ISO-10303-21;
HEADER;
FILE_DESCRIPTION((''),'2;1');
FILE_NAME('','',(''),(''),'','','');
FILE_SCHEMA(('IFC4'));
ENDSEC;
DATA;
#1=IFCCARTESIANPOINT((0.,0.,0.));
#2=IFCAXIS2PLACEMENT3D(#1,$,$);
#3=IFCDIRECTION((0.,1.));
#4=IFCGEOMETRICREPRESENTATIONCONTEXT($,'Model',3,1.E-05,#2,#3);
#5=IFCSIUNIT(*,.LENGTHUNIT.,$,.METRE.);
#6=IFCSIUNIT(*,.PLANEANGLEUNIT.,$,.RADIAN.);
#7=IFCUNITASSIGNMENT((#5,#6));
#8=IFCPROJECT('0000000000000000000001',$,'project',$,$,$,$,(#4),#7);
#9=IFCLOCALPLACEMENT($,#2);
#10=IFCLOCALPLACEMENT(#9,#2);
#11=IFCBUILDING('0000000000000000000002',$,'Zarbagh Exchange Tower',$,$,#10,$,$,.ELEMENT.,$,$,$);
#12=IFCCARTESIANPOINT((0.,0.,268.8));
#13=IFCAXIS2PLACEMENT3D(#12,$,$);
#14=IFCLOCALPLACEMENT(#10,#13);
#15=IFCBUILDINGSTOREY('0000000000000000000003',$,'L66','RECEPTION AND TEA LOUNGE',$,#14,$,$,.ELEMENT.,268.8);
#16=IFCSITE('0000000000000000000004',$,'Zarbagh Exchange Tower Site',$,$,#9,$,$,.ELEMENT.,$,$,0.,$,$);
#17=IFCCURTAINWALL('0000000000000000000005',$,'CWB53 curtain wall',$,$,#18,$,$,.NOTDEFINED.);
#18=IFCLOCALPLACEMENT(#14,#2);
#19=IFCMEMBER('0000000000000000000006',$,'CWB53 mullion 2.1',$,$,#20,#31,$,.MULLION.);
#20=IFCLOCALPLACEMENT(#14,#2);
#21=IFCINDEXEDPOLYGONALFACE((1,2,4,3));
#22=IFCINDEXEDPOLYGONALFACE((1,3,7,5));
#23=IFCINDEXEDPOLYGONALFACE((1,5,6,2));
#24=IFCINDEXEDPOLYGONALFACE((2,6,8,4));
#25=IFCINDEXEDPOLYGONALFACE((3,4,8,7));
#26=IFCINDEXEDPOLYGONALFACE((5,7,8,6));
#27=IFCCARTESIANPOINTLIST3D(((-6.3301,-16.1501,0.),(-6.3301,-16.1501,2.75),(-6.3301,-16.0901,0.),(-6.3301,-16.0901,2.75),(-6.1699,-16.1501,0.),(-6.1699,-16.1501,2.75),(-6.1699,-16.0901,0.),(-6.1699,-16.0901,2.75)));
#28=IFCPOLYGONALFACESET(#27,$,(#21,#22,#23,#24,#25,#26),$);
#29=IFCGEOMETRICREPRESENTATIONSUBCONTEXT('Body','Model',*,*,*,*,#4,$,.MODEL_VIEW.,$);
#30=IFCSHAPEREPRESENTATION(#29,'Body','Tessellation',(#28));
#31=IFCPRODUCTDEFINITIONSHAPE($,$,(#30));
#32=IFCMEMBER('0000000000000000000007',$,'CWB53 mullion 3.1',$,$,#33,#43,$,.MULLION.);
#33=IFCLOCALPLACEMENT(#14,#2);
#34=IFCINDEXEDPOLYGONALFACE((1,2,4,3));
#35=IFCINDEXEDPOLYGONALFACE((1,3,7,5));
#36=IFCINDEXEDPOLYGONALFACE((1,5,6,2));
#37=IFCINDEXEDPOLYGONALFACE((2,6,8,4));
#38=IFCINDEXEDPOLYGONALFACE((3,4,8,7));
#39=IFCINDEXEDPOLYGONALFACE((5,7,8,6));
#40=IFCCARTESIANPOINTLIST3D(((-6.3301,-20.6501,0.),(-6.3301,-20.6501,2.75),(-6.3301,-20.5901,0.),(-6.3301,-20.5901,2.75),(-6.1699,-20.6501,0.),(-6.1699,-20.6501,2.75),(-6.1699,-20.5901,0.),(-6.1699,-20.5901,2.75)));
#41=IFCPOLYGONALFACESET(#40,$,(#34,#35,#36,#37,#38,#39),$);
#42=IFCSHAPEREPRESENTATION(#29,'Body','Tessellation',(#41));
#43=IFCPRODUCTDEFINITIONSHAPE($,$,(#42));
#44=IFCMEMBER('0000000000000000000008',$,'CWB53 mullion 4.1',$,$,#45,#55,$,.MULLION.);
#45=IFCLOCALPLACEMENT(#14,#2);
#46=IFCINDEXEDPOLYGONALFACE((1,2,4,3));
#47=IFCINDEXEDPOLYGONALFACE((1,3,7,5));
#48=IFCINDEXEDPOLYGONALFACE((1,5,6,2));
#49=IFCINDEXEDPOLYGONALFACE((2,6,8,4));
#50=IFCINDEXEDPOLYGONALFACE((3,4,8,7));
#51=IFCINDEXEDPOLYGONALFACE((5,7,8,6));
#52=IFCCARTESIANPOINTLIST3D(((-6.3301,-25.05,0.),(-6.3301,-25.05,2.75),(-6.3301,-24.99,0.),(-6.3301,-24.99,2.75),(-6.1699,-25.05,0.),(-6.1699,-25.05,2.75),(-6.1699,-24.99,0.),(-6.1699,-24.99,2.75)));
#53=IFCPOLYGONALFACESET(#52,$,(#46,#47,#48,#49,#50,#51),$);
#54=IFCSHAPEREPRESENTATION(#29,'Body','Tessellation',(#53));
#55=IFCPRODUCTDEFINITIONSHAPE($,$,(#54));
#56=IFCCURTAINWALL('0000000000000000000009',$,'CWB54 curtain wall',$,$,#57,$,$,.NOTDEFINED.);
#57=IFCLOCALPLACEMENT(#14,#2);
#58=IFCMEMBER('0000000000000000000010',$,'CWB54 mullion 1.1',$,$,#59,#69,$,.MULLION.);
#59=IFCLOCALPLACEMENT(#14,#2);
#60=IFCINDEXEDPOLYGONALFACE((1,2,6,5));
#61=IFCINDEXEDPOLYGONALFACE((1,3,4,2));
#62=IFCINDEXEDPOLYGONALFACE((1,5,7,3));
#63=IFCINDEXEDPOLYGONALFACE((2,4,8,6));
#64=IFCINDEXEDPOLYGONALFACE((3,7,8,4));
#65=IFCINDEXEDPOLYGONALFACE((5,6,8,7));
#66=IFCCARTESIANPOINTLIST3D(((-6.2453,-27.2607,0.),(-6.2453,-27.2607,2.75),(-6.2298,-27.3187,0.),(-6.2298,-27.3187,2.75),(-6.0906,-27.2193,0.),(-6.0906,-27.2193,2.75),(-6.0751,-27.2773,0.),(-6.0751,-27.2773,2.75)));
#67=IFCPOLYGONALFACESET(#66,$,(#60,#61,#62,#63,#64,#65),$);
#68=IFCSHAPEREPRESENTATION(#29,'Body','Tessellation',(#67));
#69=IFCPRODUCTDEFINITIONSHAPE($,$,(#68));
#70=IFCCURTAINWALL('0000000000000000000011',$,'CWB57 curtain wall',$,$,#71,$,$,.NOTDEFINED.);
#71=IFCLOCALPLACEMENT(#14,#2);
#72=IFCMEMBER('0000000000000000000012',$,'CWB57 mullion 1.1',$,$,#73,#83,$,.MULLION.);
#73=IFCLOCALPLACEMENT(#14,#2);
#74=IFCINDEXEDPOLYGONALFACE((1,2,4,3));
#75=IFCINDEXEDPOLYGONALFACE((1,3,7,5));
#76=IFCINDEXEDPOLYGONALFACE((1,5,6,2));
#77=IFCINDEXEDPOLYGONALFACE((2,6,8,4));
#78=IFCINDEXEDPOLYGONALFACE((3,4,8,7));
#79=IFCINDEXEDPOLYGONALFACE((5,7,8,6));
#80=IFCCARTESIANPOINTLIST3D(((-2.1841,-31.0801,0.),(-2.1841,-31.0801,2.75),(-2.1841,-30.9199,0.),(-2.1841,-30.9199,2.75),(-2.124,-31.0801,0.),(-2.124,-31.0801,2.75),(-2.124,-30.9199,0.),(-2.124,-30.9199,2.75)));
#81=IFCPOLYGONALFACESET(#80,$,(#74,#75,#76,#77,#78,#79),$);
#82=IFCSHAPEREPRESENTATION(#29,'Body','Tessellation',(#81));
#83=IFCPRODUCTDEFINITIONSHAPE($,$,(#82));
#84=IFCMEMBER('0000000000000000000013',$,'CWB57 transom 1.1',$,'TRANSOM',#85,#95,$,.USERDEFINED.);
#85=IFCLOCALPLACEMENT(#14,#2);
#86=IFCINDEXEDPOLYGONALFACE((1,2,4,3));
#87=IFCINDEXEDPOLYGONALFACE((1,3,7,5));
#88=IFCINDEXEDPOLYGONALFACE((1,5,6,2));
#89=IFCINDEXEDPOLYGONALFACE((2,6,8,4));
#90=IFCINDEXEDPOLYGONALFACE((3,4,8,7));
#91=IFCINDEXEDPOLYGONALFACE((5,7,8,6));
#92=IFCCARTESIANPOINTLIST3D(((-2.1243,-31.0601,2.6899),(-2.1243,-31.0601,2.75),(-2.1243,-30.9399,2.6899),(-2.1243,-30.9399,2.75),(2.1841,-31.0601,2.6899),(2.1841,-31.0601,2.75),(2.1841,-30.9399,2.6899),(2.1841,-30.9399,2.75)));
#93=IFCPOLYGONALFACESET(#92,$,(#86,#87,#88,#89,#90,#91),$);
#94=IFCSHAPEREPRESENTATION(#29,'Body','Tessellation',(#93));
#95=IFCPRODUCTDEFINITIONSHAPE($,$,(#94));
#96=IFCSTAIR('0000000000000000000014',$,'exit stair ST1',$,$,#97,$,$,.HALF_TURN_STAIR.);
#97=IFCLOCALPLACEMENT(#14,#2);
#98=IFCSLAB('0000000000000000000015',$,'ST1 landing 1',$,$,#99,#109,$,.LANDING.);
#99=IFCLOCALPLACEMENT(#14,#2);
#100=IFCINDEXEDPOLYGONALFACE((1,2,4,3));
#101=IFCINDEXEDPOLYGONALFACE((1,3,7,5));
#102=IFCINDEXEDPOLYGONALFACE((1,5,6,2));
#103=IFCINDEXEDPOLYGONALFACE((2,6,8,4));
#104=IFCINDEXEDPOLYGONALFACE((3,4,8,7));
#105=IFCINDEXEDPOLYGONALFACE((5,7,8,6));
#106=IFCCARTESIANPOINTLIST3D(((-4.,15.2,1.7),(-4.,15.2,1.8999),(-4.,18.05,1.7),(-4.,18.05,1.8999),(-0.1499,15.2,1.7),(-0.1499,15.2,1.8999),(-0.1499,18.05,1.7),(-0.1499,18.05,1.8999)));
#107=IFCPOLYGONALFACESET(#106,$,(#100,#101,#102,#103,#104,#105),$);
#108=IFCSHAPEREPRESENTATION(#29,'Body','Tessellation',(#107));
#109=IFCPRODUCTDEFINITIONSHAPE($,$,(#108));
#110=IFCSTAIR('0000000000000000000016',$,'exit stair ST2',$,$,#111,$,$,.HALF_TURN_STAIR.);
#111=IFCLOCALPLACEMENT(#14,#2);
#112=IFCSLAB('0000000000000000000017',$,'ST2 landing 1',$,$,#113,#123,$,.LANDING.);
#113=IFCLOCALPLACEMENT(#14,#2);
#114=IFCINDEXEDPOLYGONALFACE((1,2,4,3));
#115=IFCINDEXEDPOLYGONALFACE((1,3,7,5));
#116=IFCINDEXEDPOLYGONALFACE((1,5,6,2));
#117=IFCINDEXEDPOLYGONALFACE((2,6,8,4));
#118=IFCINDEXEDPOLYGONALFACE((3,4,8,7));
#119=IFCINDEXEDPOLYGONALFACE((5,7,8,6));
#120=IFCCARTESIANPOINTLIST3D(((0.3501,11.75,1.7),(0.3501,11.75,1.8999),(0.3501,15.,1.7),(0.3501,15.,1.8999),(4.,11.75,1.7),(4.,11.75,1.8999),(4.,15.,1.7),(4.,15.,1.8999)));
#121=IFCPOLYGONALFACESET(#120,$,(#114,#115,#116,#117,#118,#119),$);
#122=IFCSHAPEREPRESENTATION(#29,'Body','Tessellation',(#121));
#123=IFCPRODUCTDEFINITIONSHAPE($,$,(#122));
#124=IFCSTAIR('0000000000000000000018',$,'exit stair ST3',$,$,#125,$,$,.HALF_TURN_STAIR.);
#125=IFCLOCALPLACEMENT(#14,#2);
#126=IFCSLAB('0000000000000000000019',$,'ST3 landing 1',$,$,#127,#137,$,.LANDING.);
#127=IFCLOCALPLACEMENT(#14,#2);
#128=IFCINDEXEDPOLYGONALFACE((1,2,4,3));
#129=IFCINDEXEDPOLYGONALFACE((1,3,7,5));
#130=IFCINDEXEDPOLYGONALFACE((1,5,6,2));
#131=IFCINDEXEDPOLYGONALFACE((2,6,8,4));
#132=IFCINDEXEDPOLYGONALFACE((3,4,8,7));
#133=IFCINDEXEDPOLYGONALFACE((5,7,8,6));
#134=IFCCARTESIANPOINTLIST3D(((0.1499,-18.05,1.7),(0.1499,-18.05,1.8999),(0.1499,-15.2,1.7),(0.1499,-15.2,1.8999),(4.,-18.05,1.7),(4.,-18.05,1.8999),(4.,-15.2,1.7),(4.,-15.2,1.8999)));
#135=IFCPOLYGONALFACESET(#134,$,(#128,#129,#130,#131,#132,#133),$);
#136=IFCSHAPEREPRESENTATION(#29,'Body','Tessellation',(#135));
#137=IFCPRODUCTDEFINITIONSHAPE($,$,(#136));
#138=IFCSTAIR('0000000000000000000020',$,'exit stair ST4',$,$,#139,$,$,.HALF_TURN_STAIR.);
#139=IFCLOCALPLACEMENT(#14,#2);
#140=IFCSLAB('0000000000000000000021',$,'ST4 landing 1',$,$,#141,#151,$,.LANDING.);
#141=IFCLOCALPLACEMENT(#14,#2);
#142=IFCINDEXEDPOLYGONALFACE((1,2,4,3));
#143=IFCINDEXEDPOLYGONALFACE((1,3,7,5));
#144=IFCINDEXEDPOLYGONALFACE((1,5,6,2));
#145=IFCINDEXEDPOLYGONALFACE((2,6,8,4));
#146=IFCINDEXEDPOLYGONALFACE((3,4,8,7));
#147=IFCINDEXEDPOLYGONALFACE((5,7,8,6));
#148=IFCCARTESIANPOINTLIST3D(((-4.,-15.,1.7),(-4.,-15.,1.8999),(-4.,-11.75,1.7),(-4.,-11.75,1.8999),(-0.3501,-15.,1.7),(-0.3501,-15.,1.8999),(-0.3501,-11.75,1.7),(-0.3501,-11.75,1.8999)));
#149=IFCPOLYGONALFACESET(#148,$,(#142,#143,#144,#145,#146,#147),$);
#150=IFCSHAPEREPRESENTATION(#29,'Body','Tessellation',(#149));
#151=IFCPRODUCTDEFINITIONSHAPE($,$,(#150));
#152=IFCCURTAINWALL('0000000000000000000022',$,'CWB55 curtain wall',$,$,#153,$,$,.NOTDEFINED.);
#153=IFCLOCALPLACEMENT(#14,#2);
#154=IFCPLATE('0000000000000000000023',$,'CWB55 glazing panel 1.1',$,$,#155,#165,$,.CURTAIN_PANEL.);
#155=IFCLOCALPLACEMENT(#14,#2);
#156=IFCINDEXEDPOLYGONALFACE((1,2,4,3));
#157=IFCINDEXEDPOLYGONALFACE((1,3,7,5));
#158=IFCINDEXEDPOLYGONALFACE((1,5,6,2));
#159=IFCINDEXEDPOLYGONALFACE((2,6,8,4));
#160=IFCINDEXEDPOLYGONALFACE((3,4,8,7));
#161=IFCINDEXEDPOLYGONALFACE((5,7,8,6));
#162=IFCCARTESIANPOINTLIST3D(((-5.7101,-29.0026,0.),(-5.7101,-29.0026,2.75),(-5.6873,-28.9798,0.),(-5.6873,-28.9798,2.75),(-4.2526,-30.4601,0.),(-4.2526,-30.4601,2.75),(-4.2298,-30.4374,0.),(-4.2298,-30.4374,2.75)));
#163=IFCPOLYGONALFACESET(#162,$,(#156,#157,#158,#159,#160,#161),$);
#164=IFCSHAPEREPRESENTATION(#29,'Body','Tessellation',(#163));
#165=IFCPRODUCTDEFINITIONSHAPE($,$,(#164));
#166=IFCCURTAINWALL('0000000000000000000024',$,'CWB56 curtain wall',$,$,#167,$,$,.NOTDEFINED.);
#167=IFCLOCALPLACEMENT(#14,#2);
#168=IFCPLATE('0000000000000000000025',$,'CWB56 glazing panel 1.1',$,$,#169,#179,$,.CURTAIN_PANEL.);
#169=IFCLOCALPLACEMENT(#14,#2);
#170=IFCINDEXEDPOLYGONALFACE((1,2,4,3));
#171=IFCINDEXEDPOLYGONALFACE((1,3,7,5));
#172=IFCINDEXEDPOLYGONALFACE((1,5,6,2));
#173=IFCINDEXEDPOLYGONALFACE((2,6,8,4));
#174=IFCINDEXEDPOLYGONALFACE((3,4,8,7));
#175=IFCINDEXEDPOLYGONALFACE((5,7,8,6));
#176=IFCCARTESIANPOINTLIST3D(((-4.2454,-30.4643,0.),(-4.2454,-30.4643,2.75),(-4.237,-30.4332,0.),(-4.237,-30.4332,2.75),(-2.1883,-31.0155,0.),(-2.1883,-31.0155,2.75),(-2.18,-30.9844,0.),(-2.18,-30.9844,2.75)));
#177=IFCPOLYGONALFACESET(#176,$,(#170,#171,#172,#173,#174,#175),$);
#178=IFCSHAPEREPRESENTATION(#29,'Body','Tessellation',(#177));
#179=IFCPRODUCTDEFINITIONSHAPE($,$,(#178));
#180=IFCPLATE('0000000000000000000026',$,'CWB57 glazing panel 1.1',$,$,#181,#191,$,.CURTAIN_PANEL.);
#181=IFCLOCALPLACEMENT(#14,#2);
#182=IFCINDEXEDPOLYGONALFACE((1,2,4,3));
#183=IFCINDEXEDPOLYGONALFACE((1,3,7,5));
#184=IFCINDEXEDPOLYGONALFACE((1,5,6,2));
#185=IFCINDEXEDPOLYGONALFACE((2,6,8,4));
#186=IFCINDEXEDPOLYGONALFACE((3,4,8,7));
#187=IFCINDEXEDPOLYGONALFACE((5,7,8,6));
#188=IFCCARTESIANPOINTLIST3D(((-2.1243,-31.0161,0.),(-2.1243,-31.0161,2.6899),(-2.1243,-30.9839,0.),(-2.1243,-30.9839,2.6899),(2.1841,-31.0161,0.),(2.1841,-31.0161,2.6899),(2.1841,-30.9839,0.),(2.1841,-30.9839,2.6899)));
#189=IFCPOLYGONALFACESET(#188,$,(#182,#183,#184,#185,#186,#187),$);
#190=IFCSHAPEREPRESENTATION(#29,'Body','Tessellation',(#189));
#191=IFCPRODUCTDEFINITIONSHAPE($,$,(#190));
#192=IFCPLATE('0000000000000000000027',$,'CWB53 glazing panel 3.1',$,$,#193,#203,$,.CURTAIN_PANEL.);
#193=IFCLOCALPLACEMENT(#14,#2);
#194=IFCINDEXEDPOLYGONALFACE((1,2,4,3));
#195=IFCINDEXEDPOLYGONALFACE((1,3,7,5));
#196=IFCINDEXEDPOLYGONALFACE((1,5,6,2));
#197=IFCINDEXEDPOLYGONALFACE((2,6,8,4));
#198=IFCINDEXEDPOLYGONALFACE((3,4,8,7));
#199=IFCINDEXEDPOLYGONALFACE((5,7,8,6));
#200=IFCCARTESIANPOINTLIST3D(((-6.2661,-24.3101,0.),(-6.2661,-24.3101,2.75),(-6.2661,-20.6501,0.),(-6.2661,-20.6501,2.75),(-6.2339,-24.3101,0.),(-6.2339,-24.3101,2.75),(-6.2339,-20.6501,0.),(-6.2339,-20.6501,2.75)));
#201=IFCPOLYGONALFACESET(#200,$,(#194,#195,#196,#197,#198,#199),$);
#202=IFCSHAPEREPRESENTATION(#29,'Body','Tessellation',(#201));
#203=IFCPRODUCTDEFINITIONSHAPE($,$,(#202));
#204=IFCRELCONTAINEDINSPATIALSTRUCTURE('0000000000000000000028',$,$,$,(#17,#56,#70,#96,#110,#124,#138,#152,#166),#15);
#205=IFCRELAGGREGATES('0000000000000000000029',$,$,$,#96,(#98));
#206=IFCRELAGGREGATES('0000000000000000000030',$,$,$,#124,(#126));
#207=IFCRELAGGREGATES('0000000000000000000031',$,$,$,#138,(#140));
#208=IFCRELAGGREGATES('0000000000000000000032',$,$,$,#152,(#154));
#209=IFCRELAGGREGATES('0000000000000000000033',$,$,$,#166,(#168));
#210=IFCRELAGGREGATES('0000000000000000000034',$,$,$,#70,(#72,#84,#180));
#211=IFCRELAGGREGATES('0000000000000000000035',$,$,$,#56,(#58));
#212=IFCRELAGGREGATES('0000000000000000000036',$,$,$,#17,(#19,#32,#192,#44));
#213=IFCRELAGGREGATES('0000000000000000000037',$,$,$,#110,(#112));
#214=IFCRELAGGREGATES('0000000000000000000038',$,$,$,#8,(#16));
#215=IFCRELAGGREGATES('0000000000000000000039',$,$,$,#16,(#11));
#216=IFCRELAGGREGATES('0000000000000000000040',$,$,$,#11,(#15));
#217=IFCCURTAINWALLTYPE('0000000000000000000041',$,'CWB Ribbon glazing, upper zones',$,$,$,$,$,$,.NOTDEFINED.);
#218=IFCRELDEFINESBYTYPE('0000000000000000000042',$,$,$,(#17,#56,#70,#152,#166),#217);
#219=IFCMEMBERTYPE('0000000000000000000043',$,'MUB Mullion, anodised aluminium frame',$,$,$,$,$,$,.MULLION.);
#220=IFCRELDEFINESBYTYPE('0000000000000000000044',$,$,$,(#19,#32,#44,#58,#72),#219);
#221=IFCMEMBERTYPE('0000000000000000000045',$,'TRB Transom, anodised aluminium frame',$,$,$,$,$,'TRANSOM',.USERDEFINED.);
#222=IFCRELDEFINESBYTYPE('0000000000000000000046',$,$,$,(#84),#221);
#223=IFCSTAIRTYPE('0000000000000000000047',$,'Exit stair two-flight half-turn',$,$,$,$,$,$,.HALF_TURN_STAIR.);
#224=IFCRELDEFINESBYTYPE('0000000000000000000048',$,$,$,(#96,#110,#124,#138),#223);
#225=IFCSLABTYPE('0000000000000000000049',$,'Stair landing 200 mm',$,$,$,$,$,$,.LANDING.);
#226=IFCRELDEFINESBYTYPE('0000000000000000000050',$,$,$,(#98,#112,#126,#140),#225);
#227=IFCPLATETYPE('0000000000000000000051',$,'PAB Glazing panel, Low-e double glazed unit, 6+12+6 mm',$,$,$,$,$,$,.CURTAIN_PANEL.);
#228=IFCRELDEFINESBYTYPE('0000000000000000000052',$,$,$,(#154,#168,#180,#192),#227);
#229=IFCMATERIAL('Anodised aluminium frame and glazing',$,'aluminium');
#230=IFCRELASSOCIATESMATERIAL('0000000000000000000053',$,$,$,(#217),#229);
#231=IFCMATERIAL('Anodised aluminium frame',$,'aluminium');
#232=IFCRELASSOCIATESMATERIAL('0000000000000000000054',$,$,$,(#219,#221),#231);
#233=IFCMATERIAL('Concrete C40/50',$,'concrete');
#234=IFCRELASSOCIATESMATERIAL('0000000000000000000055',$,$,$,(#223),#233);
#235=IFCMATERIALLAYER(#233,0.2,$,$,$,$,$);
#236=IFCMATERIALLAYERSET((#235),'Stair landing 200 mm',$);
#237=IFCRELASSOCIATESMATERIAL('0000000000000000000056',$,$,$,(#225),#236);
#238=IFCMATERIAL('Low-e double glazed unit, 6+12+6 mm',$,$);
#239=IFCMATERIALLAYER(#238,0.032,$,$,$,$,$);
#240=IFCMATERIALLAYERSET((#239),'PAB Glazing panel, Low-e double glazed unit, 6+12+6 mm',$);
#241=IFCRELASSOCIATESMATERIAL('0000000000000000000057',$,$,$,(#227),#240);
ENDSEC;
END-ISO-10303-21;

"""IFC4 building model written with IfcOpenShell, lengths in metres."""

from ifc_helpers import new_model, si_unit, direction, frame, origin, place, context, subcontext, project, spatial, polyline, outline, extrude, source, transform, mapped, material, layer, layer_set, type_object, element, aggregate, save


model = new_model("IFC4")

# Units and contexts
model_context = context("Model", 3, precision=1e-05, world=origin(), true_north=direction((0.0, 1.0)))
body_context = subcontext(model_context, "Body", "Model", "MODEL_VIEW")
ifc_project = project(units=[si_unit("LENGTHUNIT", "METRE"), si_unit("PLANEANGLEUNIT", "RADIAN")], contexts=[model_context])

# Site, building, storey
site_placement = place(None, origin())
site = spatial("IfcSite", under=ifc_project, at=site_placement, Name="Zarbagh Exchange Tower Site", CompositionType="ELEMENT", RefElevation=0.0)
building_placement = place(site_placement, origin())
building = spatial("IfcBuilding", under=site, at=building_placement, Name="Zarbagh Exchange Tower", CompositionType="ELEMENT")
storey_placement = place(building_placement, frame((0.0, 0.0, 268.8)))
storey = spatial("IfcBuildingStorey", under=building, at=storey_placement, Name="L66", Description="RECEPTION AND TEA LOUNGE", CompositionType="ELEMENT", Elevation=268.8)

# Curtain wall, members
ifc_material_1 = material(Name="Anodised aluminium frame and glazing", Category="aluminium")
curtain_wall_type = type_object("IfcCurtainWallType", Name="CWB Ribbon glazing, upper zones", PredefinedType="NOTDEFINED", material=ifc_material_1)
curtain_wall_1_placement = place(storey_placement, origin())
curtain_wall_1 = element("IfcCurtainWall", 1, at=curtain_wall_1_placement, inside=storey, type_object=curtain_wall_type, Name="CWB53 curtain wall", PredefinedType="NOTDEFINED")
ifc_material_2 = material(Name="Anodised aluminium frame", Category="aluminium")
member_type_1 = type_object("IfcMemberType", Name="MUB Mullion, anodised aluminium frame", PredefinedType="MULLION", material=ifc_material_2)
shared_shape_1 = source(origin(), body_context, "Body", "SweptSolid", [
    extrude(outline(polyline([(0.0, -0.0801), (0.0601, -0.0801), (0.0601, 0.0801), (0.0, 0.0801), (0.0, -0.0801)])), origin(), (0.0, 0.0, 1.0), 2.75),
])
placement = place(storey_placement, origin())
member_1 = element("IfcMember", 2, at=placement, type_object=member_type_1, Name="CWB53 mullion 2.1", PredefinedType="MULLION", context=body_context, shape_type="MappedRepresentation", body=[
    mapped(shared_shape_1, transform((-6.25, -16.0901, 0.0), x_axis=(0.0, -1.0, 0.0), y_axis=(1.0, 0.0, 0.0), z_axis=(0.0, 0.0, 1.0))),
])
member_2 = element("IfcMember", 3, at=placement, type_object=member_type_1, Name="CWB53 mullion 3.1", PredefinedType="MULLION", context=body_context, shape_type="MappedRepresentation", body=[
    mapped(shared_shape_1, transform((-6.25, -20.5901, 0.0), x_axis=(0.0, -1.0, 0.0), y_axis=(1.0, 0.0, 0.0), z_axis=(0.0, 0.0, 1.0))),
])
member_3 = element("IfcMember", 4, at=placement, type_object=member_type_1, Name="CWB53 mullion 4.1", PredefinedType="MULLION", context=body_context, shape_type="MappedRepresentation", body=[
    mapped(shared_shape_1, transform((-6.25, -24.99, 0.0), x_axis=(0.0, -1.0, 0.0), y_axis=(1.0, 0.0, 0.0), z_axis=(0.0, 0.0, 1.0))),
])

# Curtain wall, member
curtain_wall_2_placement = place(storey_placement, origin())
curtain_wall_2 = element("IfcCurtainWall", 5, at=curtain_wall_2_placement, inside=storey, type_object=curtain_wall_type, Name="CWB54 curtain wall", PredefinedType="NOTDEFINED")
member_4 = element("IfcMember", 6, at=placement, type_object=member_type_1, Name="CWB54 mullion 1.1", PredefinedType="MULLION", context=body_context, shape_type="MappedRepresentation", body=[
    mapped(shared_shape_1, transform((-6.168, -27.24, 0.0), x_axis=(0.258825, -0.965924, 0.0), y_axis=(0.965924, 0.258825, 0.0), z_axis=(0.0, 0.0, 1.0))),
])

# Curtain wall, members
curtain_wall_3_placement = place(storey_placement, origin())
curtain_wall_3 = element("IfcCurtainWall", 7, at=curtain_wall_3_placement, inside=storey, type_object=curtain_wall_type, Name="CWB57 curtain wall", PredefinedType="NOTDEFINED")
member_5 = element("IfcMember", 8, at=placement, type_object=member_type_1, Name="CWB57 mullion 1.1", PredefinedType="MULLION", context=body_context, shape_type="MappedRepresentation", body=[
    mapped(shared_shape_1, transform((-2.1841, -31.0, 0.0), x_axis=(1.0, 0.0, 0.0), y_axis=(0.0, 1.0, 0.0), z_axis=(0.0, 0.0, 1.0))),
])
member_type_2 = type_object("IfcMemberType", Name="TRB Transom, anodised aluminium frame", ElementType="TRANSOM", PredefinedType="USERDEFINED", material=ifc_material_2)
shared_shape_2 = source(origin(), body_context, "Body", "SweptSolid", [
    extrude(outline(polyline([(-0.0601, -0.0601), (0.0, -0.0601), (0.0, 0.0601), (-0.0601, 0.0601), (-0.0601, -0.0601)])), origin(), (0.0, 0.0, 1.0), 4.3083),
])
member_6 = element("IfcMember", 9, at=placement, type_object=member_type_2, Name="CWB57 transom 1.1", ObjectType="TRANSOM", PredefinedType="USERDEFINED", context=body_context, shape_type="MappedRepresentation", body=[
    mapped(shared_shape_2, transform((-2.1243, -31.0, 2.75), x_axis=(0.0, 0.0, 1.0), y_axis=(0.0, -1.0, 0.0), z_axis=(1.0, 0.0, 0.0))),
])

# Stairs, slabs
ifc_material_3 = material(Name="Concrete C40/50", Category="concrete")
stair_type = type_object("IfcStairType", Name="Exit stair two-flight half-turn", PredefinedType="HALF_TURN_STAIR", material=ifc_material_3)
stair_1_placement = place(storey_placement, origin())
stair_1 = element("IfcStair", 10, at=stair_1_placement, inside=storey, type_object=stair_type, Name="exit stair ST1", PredefinedType="HALF_TURN_STAIR")
ifc_layer_1 = layer(ifc_material_3, 0.2)
ifc_layer_set_1 = layer_set([ifc_layer_1], Name="Stair landing 200 mm")
slab_type = type_object("IfcSlabType", Name="Stair landing 200 mm", PredefinedType="LANDING", material=ifc_layer_set_1)
slab_1_placement = place(storey_placement, frame((0.0, 0.0, 1.7)))
slab_1 = element("IfcSlab", 11, at=slab_1_placement, type_object=slab_type, Name="ST1 landing 1", PredefinedType="LANDING", context=body_context, shape_type="SweptSolid", body=[
    extrude(outline(polyline([(-0.1499, 18.05), (-4.0, 18.05), (-4.0, 15.2), (-0.1499, 15.2), (-0.1499, 18.05)])), origin(), (0.0, 0.0, 1.0), 0.2),
])
aggregate(stair_1, [slab_1])
stair_2_placement = place(storey_placement, origin())
stair_2 = element("IfcStair", 12, at=stair_2_placement, inside=storey, type_object=stair_type, Name="exit stair ST2", PredefinedType="HALF_TURN_STAIR")
slab_2_placement = place(storey_placement, frame((0.0, 0.0, 1.7)))
slab_2 = element("IfcSlab", 13, at=slab_2_placement, type_object=slab_type, Name="ST2 landing 1", PredefinedType="LANDING", context=body_context, shape_type="SweptSolid", body=[
    extrude(outline(polyline([(0.3501, 11.75), (4.0, 11.75), (4.0, 15.0), (0.3501, 15.0), (0.3501, 11.75)])), origin(), (0.0, 0.0, 1.0), 0.2),
])
stair_3_placement = place(storey_placement, origin())
stair_3 = element("IfcStair", 14, at=stair_3_placement, inside=storey, type_object=stair_type, Name="exit stair ST3", PredefinedType="HALF_TURN_STAIR")
slab_3_placement = place(storey_placement, frame((0.0, 0.0, 1.7)))
slab_3 = element("IfcSlab", 15, at=slab_3_placement, type_object=slab_type, Name="ST3 landing 1", PredefinedType="LANDING", context=body_context, shape_type="SweptSolid", body=[
    extrude(outline(polyline([(0.1499, -18.05), (4.0, -18.05), (4.0, -15.2), (0.1499, -15.2), (0.1499, -18.05)])), origin(), (0.0, 0.0, 1.0), 0.2),
])
aggregate(stair_3, [slab_3])
stair_4_placement = place(storey_placement, origin())
stair_4 = element("IfcStair", 16, at=stair_4_placement, inside=storey, type_object=stair_type, Name="exit stair ST4", PredefinedType="HALF_TURN_STAIR")
slab_4_placement = place(storey_placement, frame((0.0, 0.0, 1.7)))
slab_4 = element("IfcSlab", 17, at=slab_4_placement, type_object=slab_type, Name="ST4 landing 1", PredefinedType="LANDING", context=body_context, shape_type="SweptSolid", body=[
    extrude(outline(polyline([(-0.3501, -11.75), (-4.0, -11.75), (-4.0, -15.0), (-0.3501, -15.0), (-0.3501, -11.75)])), origin(), (0.0, 0.0, 1.0), 0.2),
])
aggregate(stair_4, [slab_4])

# Curtain walls, plates
curtain_wall_4_placement = place(storey_placement, origin())
curtain_wall_4 = element("IfcCurtainWall", 18, at=curtain_wall_4_placement, inside=storey, type_object=curtain_wall_type, Name="CWB55 curtain wall", PredefinedType="NOTDEFINED")
ifc_material_4 = material(Name="Low-e double glazed unit, 6+12+6 mm")
ifc_layer_2 = layer(ifc_material_4, 0.032)
ifc_layer_set_2 = layer_set([ifc_layer_2], Name="PAB Glazing panel, Low-e double glazed unit, 6+12+6 mm")
plate_type = type_object("IfcPlateType", Name="PAB Glazing panel, Low-e double glazed unit, 6+12+6 mm", PredefinedType="CURTAIN_PANEL", material=ifc_layer_set_2)
shared_shape_3 = source(origin(), body_context, "Body", "SweptSolid", [
    extrude(outline(polyline([(0.0, -0.0161), (2.0613, -0.0161), (2.0613, 0.0161), (0.0, 0.0161), (0.0, -0.0161)])), origin(), (0.0, 0.0, 1.0), 2.75),
])
plate_1 = element("IfcPlate", 19, at=placement, type_object=plate_type, Name="CWB55 glazing panel 1.1", PredefinedType="CURTAIN_PANEL", context=body_context, shape_type="MappedRepresentation", body=[
    mapped(shared_shape_3, transform((-5.6987, -28.9912, 0.0), x_axis=(0.707107, -0.707107, 0.0), y_axis=(0.707107, 0.707107, 0.0), z_axis=(0.0, 0.0, 1.0))),
])
aggregate(curtain_wall_4, [plate_1])
curtain_wall_5_placement = place(storey_placement, origin())
curtain_wall_5 = element("IfcCurtainWall", 20, at=curtain_wall_5_placement, inside=storey, type_object=curtain_wall_type, Name="CWB56 curtain wall", PredefinedType="NOTDEFINED")
shared_shape_4 = source(origin(), body_context, "Body", "SweptSolid", [
    extrude(outline(polyline([(0.0, -0.0161), (2.1296, -0.0161), (2.1296, 0.0161), (0.0, 0.0161), (0.0, -0.0161)])), origin(), (0.0, 0.0, 1.0), 2.75),
])
plate_2 = element("IfcPlate", 21, at=placement, type_object=plate_type, Name="CWB56 glazing panel 1.1", PredefinedType="CURTAIN_PANEL", context=body_context, shape_type="MappedRepresentation", body=[
    mapped(shared_shape_4, transform((-4.2412, -30.4487, 0.0), x_axis=(0.965924, -0.258825, 0.0), y_axis=(0.258825, 0.965924, 0.0), z_axis=(0.0, 0.0, 1.0))),
])
aggregate(curtain_wall_5, [plate_2])

# Plates
shared_shape_5 = source(origin(), body_context, "Body", "SweptSolid", [
    extrude(outline(polyline([(0.0, -0.0161), (4.3083, -0.0161), (4.3083, 0.0161), (0.0, 0.0161), (0.0, -0.0161)])), origin(), (0.0, 0.0, 1.0), 2.6899),
])
plate_3 = element("IfcPlate", 22, at=placement, type_object=plate_type, Name="CWB57 glazing panel 1.1", PredefinedType="CURTAIN_PANEL", context=body_context, shape_type="MappedRepresentation", body=[
    mapped(shared_shape_5, transform((-2.1243, -31.0, 0.0), x_axis=(1.0, 0.0, 0.0), y_axis=(0.0, 1.0, 0.0), z_axis=(0.0, 0.0, 1.0))),
])
aggregate(curtain_wall_3, [member_5, member_6, plate_3])
shared_shape_6 = source(origin(), body_context, "Body", "SweptSolid", [
    extrude(outline(polyline([(0.0, -0.0161), (3.6599, -0.0161), (3.6599, 0.0161), (0.0, 0.0161), (0.0, -0.0161)])), origin(), (0.0, 0.0, 1.0), 2.75),
])
plate_4 = element("IfcPlate", 23, at=placement, type_object=plate_type, Name="CWB53 glazing panel 3.1", PredefinedType="CURTAIN_PANEL", context=body_context, shape_type="MappedRepresentation", body=[
    mapped(shared_shape_6, transform((-6.25, -20.6501, 0.0), x_axis=(0.0, -1.0, 0.0), y_axis=(1.0, 0.0, 0.0), z_axis=(0.0, 0.0, 1.0))),
])
aggregate(curtain_wall_2, [member_4])
aggregate(curtain_wall_1, [member_1, member_2, plate_4, member_3])

aggregate(stair_2, [slab_2])

save(model, "model.ifc")
